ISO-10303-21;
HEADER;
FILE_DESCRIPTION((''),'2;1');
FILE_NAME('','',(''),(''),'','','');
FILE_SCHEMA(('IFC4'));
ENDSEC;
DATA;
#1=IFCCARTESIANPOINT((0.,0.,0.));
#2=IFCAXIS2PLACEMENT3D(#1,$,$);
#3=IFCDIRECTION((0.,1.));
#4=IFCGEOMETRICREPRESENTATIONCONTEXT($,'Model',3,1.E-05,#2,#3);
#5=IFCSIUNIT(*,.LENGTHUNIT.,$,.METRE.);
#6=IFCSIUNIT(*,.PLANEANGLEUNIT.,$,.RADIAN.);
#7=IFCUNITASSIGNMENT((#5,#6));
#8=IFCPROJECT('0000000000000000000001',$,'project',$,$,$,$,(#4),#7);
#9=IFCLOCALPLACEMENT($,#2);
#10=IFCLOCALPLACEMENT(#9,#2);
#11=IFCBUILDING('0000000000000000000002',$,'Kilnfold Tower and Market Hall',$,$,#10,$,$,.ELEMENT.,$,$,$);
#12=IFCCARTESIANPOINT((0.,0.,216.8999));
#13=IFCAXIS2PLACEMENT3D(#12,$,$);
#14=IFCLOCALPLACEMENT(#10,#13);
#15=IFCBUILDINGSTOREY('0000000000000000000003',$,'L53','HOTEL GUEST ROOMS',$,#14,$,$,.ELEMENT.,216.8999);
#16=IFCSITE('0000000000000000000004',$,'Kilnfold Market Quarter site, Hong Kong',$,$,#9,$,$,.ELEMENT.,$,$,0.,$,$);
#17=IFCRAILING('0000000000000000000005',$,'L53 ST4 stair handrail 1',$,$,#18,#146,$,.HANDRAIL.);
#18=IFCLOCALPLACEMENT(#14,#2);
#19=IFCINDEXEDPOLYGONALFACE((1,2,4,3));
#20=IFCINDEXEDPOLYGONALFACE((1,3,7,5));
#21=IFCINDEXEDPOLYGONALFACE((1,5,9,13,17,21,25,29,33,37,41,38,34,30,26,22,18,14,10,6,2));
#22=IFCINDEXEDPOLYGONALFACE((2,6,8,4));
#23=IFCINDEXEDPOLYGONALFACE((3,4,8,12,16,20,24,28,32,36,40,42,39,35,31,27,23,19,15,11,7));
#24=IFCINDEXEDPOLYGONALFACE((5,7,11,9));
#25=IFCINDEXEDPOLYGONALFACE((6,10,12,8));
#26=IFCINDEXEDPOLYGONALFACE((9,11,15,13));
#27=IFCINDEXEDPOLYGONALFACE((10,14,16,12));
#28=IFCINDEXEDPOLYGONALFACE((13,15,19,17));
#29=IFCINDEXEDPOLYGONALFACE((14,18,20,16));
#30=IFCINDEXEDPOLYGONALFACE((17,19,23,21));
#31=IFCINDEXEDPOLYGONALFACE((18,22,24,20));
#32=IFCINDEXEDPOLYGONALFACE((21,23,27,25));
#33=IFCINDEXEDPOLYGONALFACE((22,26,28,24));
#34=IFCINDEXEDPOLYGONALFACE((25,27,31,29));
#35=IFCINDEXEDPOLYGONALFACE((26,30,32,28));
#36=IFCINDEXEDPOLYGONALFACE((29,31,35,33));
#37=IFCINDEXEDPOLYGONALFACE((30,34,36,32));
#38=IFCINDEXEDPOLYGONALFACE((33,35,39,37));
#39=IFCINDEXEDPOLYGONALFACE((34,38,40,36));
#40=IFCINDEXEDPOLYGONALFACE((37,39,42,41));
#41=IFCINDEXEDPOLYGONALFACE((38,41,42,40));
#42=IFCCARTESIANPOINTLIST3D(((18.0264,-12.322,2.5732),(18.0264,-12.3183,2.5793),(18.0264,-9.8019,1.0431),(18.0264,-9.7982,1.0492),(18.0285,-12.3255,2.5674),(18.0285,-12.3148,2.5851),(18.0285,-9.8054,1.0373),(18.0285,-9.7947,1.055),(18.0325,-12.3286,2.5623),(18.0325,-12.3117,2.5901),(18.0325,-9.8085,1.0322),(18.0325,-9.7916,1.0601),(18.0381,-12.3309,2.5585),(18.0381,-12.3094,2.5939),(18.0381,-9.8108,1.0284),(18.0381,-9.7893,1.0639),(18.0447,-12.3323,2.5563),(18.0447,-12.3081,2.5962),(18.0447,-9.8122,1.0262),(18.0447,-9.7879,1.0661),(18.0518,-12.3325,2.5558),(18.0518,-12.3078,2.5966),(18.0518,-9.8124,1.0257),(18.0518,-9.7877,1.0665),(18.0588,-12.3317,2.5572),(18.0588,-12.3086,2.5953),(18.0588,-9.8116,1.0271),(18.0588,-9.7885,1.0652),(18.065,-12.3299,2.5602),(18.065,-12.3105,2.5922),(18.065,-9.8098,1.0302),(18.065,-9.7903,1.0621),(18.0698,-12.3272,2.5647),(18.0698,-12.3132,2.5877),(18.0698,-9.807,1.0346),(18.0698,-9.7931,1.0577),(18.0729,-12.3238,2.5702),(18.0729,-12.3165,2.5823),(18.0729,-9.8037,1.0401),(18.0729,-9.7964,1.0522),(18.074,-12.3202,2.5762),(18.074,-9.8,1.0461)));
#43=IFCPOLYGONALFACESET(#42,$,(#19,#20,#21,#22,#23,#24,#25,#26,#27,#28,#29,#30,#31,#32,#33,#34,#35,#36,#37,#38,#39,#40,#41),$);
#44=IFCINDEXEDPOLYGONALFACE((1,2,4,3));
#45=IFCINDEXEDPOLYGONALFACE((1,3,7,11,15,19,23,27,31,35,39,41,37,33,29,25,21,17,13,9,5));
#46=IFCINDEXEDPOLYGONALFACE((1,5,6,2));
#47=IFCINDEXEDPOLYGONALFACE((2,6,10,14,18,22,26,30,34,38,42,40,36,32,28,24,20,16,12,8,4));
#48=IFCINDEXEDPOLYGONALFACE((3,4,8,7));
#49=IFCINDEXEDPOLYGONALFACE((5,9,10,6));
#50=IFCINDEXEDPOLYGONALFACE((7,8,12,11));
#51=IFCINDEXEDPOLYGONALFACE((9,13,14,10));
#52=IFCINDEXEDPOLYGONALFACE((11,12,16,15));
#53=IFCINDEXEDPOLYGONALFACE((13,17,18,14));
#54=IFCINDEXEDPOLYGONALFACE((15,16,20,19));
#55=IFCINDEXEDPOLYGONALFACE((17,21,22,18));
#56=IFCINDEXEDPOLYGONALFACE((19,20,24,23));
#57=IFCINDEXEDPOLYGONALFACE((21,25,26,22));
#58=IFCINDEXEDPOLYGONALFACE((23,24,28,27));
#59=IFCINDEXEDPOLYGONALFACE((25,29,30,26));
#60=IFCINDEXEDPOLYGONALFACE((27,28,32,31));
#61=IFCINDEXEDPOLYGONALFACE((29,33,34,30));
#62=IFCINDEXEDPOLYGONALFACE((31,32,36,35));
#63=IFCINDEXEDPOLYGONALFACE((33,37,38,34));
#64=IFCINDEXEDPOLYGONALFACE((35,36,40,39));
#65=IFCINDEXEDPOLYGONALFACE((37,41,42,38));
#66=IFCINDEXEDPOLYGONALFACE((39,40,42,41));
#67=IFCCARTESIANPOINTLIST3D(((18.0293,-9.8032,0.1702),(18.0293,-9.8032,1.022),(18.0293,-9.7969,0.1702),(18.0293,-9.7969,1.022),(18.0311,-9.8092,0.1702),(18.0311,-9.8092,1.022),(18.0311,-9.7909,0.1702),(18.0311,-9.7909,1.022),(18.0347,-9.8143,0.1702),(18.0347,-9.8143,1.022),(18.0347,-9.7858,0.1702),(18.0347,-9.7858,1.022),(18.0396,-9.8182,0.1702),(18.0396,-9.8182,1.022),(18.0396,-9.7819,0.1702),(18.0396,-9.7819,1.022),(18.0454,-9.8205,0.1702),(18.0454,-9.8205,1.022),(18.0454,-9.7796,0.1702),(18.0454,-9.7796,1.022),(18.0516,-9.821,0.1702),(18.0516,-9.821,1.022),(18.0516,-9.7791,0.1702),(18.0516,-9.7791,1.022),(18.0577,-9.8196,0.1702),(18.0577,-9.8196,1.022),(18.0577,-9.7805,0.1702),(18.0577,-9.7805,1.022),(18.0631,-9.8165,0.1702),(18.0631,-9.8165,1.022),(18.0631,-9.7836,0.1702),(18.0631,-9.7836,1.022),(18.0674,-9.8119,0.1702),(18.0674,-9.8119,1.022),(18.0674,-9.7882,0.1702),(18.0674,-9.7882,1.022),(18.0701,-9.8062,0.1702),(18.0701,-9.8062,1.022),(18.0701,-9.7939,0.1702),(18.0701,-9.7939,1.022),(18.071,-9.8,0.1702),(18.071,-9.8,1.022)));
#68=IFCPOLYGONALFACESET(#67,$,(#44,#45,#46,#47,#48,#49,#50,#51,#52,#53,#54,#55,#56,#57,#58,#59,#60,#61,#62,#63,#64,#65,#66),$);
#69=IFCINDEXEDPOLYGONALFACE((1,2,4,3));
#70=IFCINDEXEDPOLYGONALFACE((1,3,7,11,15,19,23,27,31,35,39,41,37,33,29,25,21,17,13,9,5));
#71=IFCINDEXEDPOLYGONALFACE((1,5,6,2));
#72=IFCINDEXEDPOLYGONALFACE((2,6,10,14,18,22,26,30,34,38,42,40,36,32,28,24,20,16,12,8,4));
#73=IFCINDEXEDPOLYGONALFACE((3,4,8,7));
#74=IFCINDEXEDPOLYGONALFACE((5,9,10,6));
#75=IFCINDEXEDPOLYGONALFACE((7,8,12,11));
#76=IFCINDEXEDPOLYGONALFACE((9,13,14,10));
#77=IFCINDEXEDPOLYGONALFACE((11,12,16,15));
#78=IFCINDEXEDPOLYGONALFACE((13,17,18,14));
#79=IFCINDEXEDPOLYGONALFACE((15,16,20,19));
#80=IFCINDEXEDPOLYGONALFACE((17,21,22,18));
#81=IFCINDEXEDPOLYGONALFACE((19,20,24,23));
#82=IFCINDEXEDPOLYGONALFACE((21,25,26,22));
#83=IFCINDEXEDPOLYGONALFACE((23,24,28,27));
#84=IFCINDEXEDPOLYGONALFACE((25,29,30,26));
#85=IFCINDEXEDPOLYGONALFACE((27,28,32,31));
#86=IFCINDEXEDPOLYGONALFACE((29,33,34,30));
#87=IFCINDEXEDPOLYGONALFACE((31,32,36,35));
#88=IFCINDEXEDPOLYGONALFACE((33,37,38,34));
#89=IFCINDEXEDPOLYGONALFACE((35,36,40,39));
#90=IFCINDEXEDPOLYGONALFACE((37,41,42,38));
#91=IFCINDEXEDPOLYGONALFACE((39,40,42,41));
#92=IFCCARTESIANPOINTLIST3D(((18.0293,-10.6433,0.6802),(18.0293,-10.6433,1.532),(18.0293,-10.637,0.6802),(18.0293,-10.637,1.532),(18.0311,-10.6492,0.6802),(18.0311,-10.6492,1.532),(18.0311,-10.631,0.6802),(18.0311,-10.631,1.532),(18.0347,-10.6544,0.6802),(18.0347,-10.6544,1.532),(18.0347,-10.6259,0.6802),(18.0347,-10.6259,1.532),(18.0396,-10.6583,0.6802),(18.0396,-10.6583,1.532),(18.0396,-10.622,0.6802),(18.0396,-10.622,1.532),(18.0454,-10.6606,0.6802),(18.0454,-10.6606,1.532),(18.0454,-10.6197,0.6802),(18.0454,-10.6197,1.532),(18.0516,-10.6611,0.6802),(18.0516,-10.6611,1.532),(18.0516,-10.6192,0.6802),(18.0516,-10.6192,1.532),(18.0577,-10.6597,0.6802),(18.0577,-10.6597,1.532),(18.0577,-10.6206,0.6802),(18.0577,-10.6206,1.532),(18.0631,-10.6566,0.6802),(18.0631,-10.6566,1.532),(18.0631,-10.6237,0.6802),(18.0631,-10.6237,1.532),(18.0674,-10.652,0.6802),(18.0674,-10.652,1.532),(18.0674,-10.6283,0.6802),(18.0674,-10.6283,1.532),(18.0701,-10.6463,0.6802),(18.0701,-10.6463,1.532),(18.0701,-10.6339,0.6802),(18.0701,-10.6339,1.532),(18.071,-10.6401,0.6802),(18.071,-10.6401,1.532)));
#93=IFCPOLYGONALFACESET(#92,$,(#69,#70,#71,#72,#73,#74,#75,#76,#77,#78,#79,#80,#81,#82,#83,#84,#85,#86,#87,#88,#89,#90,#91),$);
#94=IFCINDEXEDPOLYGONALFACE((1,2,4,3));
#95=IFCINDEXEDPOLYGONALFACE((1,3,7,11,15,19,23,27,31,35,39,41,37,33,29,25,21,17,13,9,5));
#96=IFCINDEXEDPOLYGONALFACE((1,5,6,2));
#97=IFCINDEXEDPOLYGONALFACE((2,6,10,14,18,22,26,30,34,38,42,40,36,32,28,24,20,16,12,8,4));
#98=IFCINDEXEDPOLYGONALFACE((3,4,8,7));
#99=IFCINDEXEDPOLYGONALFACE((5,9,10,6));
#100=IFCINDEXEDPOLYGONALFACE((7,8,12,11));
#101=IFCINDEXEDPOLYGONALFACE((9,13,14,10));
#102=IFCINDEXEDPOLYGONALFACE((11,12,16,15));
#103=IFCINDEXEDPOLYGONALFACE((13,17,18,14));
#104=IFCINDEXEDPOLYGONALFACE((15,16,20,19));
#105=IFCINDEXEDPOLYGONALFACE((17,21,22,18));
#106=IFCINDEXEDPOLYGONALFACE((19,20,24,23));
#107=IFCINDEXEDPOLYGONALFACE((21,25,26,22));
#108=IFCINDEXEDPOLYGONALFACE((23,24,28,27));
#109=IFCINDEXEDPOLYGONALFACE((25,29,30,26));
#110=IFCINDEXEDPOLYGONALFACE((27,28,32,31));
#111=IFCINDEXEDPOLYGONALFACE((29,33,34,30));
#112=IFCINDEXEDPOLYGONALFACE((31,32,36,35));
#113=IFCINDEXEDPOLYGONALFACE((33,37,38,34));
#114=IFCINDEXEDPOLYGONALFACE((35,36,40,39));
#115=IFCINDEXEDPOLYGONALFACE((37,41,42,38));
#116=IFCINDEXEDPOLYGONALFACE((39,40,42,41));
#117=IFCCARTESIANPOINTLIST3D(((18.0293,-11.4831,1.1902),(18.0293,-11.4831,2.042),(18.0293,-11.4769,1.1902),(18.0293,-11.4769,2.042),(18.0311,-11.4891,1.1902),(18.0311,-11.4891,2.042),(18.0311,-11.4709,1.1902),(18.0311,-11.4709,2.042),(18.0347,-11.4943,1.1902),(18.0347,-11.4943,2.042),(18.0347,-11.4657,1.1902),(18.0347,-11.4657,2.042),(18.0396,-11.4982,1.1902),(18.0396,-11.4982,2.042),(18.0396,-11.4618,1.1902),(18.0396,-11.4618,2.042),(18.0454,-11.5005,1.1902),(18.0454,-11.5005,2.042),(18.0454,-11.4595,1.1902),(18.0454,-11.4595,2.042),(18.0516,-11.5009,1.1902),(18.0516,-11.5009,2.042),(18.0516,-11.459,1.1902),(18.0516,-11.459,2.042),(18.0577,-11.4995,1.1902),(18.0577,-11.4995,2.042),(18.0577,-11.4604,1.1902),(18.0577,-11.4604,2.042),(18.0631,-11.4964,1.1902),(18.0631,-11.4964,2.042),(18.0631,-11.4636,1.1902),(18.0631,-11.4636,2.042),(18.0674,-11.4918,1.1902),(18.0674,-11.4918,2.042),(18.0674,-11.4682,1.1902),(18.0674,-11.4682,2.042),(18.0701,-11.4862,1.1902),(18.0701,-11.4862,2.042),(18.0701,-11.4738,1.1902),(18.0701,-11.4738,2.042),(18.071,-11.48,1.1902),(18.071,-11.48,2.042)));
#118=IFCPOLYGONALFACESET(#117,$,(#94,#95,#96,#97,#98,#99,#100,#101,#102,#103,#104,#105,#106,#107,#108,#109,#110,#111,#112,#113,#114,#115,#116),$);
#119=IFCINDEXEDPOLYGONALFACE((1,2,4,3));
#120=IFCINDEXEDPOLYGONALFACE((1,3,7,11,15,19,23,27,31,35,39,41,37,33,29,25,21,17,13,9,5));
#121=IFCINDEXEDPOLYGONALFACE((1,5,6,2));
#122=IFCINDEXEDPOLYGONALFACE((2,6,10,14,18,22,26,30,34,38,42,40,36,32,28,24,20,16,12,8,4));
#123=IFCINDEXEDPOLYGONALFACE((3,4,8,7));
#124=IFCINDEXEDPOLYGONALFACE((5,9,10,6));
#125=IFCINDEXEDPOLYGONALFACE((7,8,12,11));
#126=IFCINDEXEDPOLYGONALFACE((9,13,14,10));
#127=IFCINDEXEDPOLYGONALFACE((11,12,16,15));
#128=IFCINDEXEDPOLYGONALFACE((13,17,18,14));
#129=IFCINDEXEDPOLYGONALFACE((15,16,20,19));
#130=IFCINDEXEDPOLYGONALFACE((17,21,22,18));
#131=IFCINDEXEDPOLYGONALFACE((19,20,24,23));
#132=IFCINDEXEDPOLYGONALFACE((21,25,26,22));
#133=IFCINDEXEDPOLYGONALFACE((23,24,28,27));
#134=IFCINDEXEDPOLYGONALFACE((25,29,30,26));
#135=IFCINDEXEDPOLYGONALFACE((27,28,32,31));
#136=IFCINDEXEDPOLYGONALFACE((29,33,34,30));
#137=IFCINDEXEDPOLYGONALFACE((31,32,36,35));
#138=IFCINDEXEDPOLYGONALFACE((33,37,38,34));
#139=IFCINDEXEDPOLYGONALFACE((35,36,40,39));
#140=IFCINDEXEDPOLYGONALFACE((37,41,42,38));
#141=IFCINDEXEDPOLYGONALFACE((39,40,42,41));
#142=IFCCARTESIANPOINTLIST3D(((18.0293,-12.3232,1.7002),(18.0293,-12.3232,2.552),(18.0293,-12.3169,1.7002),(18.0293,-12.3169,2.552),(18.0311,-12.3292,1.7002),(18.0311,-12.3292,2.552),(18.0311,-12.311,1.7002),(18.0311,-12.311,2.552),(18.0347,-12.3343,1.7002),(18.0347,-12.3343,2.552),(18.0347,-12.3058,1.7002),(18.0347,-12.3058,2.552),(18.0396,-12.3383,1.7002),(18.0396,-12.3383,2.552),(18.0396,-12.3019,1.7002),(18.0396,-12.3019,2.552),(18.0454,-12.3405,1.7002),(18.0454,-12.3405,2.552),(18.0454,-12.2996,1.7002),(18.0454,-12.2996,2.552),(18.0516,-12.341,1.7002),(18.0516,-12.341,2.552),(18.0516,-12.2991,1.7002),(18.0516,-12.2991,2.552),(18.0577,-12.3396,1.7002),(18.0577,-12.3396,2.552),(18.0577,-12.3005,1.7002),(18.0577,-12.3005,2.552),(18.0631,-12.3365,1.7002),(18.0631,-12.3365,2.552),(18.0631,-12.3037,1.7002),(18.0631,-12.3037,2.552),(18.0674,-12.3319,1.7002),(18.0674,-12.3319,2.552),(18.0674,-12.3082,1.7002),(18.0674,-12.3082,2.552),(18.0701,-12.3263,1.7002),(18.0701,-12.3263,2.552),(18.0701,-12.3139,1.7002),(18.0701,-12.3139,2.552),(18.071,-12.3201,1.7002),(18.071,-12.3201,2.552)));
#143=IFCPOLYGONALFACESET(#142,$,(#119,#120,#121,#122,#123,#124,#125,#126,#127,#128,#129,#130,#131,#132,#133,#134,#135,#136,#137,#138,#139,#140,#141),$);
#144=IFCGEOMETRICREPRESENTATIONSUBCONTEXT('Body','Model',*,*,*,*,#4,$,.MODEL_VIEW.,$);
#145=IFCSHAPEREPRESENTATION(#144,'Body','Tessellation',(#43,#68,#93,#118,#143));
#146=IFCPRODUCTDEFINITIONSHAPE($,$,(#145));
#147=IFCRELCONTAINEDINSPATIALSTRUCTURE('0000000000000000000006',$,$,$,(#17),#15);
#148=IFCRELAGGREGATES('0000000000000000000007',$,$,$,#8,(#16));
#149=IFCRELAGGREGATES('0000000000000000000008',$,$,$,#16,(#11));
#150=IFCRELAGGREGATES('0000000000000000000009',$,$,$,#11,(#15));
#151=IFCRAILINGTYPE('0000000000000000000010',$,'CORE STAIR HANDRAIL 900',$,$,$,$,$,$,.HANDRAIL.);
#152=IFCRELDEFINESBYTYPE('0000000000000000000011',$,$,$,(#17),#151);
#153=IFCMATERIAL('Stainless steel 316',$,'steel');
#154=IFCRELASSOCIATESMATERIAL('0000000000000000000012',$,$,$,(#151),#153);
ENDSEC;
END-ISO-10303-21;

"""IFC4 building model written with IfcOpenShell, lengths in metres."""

from ifc_helpers import new_model, si_unit, direction, frame, origin, origin_2d, place, context, subcontext, project, spatial, circle, extrude, material, type_object, element, save


model = new_model("IFC4")

# Units and contexts
model_context = context("Model", 3, precision=1e-05, world=origin(), true_north=direction((0.0, 1.0)))
body_context = subcontext(model_context, "Body", "Model", "MODEL_VIEW")
ifc_project = project(units=[si_unit("LENGTHUNIT", "METRE"), si_unit("PLANEANGLEUNIT", "RADIAN")], contexts=[model_context])

# Site, building, storey
site_placement = place(None, origin())
site = spatial("IfcSite", under=ifc_project, at=site_placement, Name="Kilnfold Market Quarter site, Hong Kong", CompositionType="ELEMENT", RefElevation=0.0)
building_placement = place(site_placement, origin())
building = spatial("IfcBuilding", under=site, at=building_placement, Name="Kilnfold Tower and Market Hall", CompositionType="ELEMENT")
storey_placement = place(building_placement, frame((0.0, 0.0, 216.8999)))
storey = spatial("IfcBuildingStorey", under=building, at=storey_placement, Name="L53", Description="HOTEL GUEST ROOMS", CompositionType="ELEMENT", Elevation=216.8999)

# Railing
ifc_material_1 = material(Name="Stainless steel 316", Category="steel")
railing_type_1 = type_object("IfcRailingType", Name="CORE STAIR HANDRAIL 900", PredefinedType="HANDRAIL", material=ifc_material_1)
railing_1_placement = place(storey_placement, frame((18.05, -9.8, 0.1702)))
element("IfcRailing", 1, at=railing_1_placement, inside=storey, type_object=railing_type_1, Name="L53 ST4 stair handrail 1", PredefinedType="HANDRAIL", context=body_context, shape_type="SweptSolid", body=[
    extrude(circle(Radius=0.0239, at=origin_2d()), frame((0.0, 0.0, 0.876), z_axis=(0.0, -0.854785, 0.518982), x_axis=(1.0, 0.0, 0.0)), (0.0, 0.0, 1.0), 2.9482),
    extrude(circle(Radius=0.021, at=origin_2d()), origin(), (0.0, 0.0, 1.0), 0.8518),
    extrude(circle(Radius=0.021, at=origin_2d()), frame((0.0, -0.8401, 0.51)), (0.0, 0.0, 1.0), 0.8518),
    extrude(circle(Radius=0.021, at=origin_2d()), frame((0.0, -1.6799, 1.02)), (0.0, 0.0, 1.0), 0.8518),
    extrude(circle(Radius=0.021, at=origin_2d()), frame((0.0, -2.52, 1.53)), (0.0, 0.0, 1.0), 0.8518),
])

save(model, "model.ifc")
